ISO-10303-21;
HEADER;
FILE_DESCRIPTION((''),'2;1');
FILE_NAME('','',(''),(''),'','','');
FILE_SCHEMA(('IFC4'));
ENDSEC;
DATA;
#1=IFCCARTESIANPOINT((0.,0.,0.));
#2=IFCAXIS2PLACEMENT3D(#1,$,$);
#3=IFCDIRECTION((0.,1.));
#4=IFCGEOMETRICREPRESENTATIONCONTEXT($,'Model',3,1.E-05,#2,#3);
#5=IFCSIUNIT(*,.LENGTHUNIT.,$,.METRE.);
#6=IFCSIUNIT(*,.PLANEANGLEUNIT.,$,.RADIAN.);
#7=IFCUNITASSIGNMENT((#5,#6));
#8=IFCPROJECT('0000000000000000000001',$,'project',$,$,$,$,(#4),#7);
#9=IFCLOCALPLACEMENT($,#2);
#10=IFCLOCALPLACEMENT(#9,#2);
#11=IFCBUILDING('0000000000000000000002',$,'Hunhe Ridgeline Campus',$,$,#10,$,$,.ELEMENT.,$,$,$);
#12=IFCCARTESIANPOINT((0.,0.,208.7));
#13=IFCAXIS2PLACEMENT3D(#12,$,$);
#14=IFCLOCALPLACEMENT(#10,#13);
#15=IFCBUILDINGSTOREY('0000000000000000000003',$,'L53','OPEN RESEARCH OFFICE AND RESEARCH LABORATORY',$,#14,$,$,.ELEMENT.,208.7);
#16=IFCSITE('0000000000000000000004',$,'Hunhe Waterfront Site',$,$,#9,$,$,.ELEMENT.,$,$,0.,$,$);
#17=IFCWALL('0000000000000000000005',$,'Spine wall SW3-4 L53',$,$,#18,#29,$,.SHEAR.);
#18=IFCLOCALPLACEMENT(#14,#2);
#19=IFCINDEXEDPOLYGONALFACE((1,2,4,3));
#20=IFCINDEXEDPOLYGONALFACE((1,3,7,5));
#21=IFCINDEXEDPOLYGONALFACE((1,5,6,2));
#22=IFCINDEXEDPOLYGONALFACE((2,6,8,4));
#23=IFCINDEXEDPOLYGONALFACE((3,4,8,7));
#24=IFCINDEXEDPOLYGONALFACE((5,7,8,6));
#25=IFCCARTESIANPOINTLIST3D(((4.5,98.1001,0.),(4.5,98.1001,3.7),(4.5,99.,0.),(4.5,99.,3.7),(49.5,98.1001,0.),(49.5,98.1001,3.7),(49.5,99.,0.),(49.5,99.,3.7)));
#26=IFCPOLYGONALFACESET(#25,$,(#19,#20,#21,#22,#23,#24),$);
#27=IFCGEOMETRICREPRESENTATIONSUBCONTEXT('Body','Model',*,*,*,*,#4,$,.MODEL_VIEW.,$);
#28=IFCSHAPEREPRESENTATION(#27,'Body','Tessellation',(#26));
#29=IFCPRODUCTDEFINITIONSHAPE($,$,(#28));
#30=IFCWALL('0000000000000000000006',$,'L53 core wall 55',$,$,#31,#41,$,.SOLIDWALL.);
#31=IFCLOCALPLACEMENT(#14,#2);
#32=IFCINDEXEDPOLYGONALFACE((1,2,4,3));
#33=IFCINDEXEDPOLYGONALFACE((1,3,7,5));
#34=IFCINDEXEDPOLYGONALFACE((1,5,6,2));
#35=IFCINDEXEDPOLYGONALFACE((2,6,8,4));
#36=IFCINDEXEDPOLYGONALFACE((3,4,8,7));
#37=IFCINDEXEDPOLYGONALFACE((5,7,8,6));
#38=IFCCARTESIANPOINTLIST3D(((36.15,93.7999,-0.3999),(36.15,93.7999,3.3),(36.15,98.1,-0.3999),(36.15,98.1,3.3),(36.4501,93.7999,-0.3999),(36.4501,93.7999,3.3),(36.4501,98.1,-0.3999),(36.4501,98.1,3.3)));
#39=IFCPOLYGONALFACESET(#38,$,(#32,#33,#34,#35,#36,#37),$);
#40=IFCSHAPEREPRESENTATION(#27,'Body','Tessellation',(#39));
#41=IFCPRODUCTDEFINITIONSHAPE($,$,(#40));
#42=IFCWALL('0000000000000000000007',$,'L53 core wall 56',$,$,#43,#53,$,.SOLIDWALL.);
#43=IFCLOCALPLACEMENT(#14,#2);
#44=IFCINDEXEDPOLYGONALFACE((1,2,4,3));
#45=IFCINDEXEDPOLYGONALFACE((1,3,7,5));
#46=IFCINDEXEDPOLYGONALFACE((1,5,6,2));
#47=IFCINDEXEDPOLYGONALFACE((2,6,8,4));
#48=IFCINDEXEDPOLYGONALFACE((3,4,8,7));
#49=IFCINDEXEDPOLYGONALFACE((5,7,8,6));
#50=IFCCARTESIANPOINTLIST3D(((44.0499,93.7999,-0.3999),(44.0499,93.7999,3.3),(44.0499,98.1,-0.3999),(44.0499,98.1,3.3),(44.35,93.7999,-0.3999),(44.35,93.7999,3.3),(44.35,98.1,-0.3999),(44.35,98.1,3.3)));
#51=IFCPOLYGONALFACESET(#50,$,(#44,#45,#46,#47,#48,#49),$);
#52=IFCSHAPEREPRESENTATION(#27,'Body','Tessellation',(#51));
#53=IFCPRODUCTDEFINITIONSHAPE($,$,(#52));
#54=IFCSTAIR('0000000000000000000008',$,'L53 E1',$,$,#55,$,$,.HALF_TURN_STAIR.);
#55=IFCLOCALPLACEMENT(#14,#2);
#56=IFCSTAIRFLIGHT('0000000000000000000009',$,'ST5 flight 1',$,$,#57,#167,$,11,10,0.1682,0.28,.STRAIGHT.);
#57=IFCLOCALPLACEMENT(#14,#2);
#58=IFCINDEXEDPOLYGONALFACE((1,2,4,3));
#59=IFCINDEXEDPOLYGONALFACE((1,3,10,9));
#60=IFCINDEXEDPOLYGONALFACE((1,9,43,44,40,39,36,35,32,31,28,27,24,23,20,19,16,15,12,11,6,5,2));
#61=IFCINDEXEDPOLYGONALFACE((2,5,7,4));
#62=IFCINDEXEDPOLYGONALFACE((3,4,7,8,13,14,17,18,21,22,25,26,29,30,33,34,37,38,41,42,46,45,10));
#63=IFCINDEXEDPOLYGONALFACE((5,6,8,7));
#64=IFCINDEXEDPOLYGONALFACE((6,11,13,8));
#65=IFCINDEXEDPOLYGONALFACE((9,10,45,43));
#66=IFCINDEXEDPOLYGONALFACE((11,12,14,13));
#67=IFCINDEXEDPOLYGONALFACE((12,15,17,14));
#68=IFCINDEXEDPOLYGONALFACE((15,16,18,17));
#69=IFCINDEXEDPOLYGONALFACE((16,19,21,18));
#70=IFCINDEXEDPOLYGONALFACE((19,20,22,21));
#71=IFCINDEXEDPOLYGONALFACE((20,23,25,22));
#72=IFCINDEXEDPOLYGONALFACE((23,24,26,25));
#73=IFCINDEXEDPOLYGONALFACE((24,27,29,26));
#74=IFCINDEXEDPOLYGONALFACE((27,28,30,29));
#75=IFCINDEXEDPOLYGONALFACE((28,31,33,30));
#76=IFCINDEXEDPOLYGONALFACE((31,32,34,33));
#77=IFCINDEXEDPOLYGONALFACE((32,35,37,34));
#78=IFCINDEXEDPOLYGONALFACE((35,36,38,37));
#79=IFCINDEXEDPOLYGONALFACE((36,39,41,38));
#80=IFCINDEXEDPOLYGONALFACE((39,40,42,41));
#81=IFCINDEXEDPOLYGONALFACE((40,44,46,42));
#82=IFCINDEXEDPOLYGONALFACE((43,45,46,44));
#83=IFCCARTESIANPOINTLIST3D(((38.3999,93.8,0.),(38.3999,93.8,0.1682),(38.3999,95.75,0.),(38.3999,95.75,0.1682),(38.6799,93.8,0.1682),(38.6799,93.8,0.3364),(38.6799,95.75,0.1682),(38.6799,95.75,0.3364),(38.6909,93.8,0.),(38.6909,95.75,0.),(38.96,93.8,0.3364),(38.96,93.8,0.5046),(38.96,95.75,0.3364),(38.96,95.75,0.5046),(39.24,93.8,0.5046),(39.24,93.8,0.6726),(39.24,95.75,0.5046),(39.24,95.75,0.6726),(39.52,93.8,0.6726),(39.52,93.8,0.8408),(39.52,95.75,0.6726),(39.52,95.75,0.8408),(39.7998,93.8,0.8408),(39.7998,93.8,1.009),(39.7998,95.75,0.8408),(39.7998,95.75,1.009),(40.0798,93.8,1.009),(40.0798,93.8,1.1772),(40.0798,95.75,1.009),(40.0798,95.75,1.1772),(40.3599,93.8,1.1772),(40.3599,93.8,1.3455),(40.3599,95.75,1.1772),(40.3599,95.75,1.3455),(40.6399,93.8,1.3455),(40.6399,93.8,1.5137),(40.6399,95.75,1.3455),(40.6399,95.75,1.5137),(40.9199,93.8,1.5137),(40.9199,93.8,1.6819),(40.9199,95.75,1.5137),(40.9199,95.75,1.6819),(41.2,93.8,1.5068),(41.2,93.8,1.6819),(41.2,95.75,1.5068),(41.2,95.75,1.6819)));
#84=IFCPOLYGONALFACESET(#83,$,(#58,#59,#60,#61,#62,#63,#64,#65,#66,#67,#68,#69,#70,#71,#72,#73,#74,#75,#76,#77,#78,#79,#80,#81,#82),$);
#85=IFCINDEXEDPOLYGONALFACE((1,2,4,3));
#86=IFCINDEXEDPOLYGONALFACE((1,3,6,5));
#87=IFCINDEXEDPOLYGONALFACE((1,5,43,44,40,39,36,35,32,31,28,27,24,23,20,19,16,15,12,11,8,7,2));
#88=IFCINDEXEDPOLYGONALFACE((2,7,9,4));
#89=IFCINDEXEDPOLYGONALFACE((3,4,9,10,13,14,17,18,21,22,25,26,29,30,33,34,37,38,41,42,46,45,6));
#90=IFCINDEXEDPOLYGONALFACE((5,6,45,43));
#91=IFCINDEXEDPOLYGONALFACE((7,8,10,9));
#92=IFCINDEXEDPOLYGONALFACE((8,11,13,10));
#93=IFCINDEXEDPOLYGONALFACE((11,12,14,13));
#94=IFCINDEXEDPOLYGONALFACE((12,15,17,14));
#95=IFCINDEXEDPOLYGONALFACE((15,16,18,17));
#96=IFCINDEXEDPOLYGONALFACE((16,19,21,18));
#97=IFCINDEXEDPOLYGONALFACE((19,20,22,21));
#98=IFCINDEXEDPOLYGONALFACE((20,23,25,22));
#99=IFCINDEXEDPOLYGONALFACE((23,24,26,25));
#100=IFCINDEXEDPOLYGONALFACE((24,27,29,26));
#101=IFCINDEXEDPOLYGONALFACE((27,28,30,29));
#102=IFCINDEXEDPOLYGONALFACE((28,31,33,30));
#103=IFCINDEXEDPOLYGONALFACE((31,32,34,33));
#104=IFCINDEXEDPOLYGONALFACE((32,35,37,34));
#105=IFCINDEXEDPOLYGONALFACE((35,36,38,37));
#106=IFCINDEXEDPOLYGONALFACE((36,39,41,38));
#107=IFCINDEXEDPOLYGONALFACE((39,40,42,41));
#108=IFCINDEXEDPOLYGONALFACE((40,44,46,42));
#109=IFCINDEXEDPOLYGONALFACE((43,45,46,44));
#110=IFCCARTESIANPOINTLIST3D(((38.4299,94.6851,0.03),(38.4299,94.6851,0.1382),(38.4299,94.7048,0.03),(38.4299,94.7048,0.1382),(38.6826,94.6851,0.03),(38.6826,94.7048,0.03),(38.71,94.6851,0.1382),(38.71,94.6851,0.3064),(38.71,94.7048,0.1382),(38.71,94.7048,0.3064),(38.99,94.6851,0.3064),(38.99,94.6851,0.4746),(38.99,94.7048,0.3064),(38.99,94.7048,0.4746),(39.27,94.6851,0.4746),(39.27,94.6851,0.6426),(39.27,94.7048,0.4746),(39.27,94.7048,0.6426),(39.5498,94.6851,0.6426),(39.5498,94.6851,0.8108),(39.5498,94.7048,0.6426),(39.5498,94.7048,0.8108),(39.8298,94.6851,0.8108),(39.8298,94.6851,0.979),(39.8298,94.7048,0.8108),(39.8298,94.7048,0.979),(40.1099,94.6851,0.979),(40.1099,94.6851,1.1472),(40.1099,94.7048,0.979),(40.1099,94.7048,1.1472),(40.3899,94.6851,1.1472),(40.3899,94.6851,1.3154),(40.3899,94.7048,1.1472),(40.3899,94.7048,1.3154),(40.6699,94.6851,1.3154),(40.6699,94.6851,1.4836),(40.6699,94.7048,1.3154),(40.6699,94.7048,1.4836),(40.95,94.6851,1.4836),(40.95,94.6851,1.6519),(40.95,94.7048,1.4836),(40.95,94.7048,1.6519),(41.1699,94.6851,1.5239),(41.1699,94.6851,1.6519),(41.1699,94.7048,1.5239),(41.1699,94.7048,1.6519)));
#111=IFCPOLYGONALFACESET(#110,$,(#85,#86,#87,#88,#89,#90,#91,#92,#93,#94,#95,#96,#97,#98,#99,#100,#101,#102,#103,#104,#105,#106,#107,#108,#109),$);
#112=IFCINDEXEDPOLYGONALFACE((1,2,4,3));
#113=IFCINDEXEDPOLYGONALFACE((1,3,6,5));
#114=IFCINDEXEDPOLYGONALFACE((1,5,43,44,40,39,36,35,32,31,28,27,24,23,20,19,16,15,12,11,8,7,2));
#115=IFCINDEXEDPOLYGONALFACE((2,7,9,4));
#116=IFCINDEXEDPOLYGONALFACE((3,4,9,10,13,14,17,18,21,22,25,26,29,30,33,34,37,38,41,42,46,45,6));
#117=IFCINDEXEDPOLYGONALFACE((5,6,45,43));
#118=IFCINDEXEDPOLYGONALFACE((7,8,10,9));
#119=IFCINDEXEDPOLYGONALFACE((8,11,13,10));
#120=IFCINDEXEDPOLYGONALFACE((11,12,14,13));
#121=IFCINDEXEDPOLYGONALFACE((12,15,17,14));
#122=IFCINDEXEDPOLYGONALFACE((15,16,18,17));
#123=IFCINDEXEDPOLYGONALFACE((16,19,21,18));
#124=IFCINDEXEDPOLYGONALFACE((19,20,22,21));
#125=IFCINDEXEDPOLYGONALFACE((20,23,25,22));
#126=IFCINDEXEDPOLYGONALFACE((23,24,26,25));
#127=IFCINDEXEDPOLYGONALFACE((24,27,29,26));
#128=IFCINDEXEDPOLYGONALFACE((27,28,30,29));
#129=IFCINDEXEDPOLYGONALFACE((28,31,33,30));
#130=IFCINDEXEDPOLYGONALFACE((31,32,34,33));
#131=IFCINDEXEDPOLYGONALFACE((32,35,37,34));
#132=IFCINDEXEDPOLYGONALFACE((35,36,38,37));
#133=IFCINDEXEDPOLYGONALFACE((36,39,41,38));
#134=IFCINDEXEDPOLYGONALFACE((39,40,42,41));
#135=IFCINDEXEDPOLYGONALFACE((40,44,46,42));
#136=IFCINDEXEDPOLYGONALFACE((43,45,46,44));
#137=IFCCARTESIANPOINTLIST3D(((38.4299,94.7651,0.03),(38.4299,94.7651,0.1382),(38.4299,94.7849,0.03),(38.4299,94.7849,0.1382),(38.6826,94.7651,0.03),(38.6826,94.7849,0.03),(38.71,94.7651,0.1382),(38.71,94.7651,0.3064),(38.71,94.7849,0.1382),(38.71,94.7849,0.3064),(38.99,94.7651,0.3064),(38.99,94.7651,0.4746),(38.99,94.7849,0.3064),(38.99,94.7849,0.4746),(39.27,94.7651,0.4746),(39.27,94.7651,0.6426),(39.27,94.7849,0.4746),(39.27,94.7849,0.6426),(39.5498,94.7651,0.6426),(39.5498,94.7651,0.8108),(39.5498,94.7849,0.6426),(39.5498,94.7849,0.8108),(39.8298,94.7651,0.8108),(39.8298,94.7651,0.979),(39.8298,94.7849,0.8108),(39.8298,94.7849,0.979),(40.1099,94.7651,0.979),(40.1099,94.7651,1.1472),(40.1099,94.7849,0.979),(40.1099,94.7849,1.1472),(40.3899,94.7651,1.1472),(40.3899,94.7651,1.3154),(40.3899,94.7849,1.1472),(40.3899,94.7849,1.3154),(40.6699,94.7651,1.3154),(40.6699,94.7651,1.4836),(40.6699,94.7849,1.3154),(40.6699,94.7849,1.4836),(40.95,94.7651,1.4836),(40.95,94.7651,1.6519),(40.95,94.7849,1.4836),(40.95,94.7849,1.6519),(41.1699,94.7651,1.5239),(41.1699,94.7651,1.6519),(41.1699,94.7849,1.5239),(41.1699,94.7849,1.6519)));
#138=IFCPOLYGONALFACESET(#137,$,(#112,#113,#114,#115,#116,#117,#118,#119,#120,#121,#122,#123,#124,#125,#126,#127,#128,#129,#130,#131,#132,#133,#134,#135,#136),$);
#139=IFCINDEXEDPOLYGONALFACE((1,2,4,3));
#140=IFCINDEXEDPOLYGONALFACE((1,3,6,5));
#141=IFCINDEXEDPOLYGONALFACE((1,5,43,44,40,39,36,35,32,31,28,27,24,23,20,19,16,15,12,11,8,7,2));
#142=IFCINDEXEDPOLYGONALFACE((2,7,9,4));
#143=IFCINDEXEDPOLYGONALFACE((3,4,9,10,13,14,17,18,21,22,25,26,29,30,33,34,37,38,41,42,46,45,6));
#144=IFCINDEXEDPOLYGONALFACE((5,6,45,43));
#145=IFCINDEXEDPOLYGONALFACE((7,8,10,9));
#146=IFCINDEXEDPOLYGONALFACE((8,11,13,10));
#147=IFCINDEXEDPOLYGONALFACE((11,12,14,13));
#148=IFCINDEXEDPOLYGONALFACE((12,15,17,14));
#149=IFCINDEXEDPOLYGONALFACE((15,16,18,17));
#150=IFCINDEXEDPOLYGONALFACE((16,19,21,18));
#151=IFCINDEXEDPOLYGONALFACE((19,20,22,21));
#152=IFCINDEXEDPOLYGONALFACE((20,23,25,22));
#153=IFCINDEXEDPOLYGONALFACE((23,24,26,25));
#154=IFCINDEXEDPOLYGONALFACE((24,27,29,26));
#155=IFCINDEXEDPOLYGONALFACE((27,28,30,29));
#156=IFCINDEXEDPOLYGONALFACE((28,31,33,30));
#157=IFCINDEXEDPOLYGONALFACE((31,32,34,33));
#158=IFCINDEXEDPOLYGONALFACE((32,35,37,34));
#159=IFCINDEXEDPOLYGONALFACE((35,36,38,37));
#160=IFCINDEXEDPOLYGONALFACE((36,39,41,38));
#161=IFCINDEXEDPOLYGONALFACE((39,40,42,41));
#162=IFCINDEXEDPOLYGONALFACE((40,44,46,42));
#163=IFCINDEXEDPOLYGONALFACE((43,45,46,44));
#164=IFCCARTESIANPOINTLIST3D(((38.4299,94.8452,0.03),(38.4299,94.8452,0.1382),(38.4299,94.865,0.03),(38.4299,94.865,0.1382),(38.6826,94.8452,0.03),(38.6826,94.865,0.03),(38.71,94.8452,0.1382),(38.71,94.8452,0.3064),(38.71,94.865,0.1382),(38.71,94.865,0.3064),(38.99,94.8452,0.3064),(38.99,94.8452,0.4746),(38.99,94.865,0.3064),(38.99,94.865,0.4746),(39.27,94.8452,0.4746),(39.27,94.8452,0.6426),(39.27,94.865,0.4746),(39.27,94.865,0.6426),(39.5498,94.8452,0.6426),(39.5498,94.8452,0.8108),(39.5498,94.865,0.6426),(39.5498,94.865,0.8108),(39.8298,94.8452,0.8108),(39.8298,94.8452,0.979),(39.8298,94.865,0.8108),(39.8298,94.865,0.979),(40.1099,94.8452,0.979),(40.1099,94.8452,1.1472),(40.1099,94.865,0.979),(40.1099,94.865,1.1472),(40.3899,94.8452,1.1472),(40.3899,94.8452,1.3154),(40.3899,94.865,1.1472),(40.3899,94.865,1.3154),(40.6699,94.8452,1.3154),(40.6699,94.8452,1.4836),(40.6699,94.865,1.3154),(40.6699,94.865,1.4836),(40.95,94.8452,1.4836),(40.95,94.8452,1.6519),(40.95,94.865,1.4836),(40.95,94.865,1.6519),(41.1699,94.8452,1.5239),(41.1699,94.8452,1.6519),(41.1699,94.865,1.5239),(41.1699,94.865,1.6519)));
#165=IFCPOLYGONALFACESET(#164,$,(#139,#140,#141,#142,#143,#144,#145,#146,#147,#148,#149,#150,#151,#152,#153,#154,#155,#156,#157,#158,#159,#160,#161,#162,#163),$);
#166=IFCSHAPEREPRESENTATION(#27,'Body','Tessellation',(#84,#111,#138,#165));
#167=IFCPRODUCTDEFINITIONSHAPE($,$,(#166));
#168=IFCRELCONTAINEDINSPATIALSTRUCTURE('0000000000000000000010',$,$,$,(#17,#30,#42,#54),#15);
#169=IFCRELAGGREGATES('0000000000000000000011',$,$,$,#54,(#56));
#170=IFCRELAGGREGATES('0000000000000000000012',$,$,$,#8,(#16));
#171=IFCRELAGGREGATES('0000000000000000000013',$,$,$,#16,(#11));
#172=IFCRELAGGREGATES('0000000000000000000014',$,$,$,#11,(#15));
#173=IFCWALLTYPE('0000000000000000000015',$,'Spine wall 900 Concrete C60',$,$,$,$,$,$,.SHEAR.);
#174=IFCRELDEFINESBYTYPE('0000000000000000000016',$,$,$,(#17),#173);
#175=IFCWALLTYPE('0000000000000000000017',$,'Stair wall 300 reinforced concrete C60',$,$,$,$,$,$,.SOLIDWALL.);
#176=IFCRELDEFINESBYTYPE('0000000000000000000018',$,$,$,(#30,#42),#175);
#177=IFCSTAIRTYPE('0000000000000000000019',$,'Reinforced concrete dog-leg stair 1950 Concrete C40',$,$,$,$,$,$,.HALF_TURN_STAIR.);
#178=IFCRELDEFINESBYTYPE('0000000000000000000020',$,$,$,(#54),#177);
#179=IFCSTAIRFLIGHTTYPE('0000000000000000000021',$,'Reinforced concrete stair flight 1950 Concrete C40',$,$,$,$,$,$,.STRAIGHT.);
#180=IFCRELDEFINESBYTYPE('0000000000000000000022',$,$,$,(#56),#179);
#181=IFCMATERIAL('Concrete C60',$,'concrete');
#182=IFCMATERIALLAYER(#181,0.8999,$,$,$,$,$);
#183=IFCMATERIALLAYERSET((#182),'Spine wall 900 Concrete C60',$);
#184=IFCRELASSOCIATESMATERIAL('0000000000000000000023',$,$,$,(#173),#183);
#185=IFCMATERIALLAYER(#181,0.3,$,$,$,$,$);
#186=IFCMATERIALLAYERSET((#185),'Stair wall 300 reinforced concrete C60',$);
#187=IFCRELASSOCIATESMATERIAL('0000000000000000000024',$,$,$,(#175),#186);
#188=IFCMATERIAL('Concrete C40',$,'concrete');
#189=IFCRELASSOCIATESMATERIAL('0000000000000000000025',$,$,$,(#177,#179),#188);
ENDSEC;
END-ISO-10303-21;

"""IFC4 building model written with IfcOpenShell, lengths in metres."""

from ifc_helpers import new_model, si_unit, direction, frame, frame_2d, origin, place, context, subcontext, project, spatial, polyline, rectangle, outline, extrude, material, layer, layer_set, type_object, element, aggregate, save


model = new_model("IFC4")

# Units and contexts
model_context = context("Model", 3, precision=1e-05, world=origin(), true_north=direction((0.0, 1.0)))
body_context = subcontext(model_context, "Body", "Model", "MODEL_VIEW")
ifc_project = project(units=[si_unit("LENGTHUNIT", "METRE"), si_unit("PLANEANGLEUNIT", "RADIAN")], contexts=[model_context])

# Site, building, storey
site_placement = place(None, origin())
site = spatial("IfcSite", under=ifc_project, at=site_placement, Name="Hunhe Waterfront Site", CompositionType="ELEMENT", RefElevation=0.0)
building_placement = place(site_placement, origin())
building = spatial("IfcBuilding", under=site, at=building_placement, Name="Hunhe Ridgeline Campus", CompositionType="ELEMENT")
storey_placement = place(building_placement, frame((0.0, 0.0, 208.7)))
storey = spatial("IfcBuildingStorey", under=building, at=storey_placement, Name="L53", Description="OPEN RESEARCH OFFICE AND RESEARCH LABORATORY", CompositionType="ELEMENT", Elevation=208.7)

# Shared definitions
ifc_material_1 = material(Name="Concrete C60", Category="concrete")

# Walls
ifc_layer_1 = layer(ifc_material_1, 0.8999)
ifc_layer_set_1 = layer_set([ifc_layer_1], Name="Spine wall 900 Concrete C60")
wall_type_1 = type_object("IfcWallType", Name="Spine wall 900 Concrete C60", PredefinedType="SHEAR", material=ifc_layer_set_1)
wall_1_placement = place(storey_placement, frame((49.5, 98.55, 0.0), z_axis=(0.0, 0.0, 1.0), x_axis=(-1.0, 0.0, 0.0)))
element("IfcWall", 1, at=wall_1_placement, inside=storey, type_object=wall_type_1, Name="Spine wall SW3-4 L53", PredefinedType="SHEAR", context=body_context, shape_type="SweptSolid", body=[
    extrude(rectangle(XDim=45.0, YDim=0.8999, at=frame_2d((22.5, 0.0))), origin(), (0.0, 0.0, 1.0), 3.7),
])
ifc_layer_2 = layer(ifc_material_1, 0.3)
ifc_layer_set_2 = layer_set([ifc_layer_2], Name="Stair wall 300 reinforced concrete C60")
wall_type_2 = type_object("IfcWallType", Name="Stair wall 300 reinforced concrete C60", PredefinedType="SOLIDWALL", material=ifc_layer_set_2)
for number, where, z_axis, x_axis, name in (
    (2, (36.3, 93.8, -0.3999), (0.0, 0.0, 1.0), (0.0, 1.0, 0.0), "L53 core wall 55"),
    (3, (44.2, 93.8, -0.3999), (0.0, 0.0, 1.0), (0.0, 1.0, 0.0), "L53 core wall 56"),
):
    element("IfcWall", number, at=place(storey_placement, frame(where, z_axis=z_axis, x_axis=x_axis)), inside=storey, type_object=wall_type_2, Name=name, PredefinedType="SOLIDWALL", context=body_context, shape_type="SweptSolid", body=[
        extrude(rectangle(XDim=4.3, YDim=0.3, at=frame_2d((2.1499, 0.0))), origin(), (0.0, 0.0, 1.0), 3.7),
    ])

# Stair, stair flight
ifc_material_2 = material(Name="Concrete C40", Category="concrete")
stair_type = type_object("IfcStairType", Name="Reinforced concrete dog-leg stair 1950 Concrete C40", PredefinedType="HALF_TURN_STAIR", material=ifc_material_2)
stair_placement = place(storey_placement, origin())
stair = element("IfcStair", 4, at=stair_placement, inside=storey, type_object=stair_type, Name="L53 E1", PredefinedType="HALF_TURN_STAIR")
stair_flight_type = type_object("IfcStairFlightType", Name="Reinforced concrete stair flight 1950 Concrete C40", PredefinedType="STRAIGHT", material=ifc_material_2)
stair_flight_1_placement = place(storey_placement, frame((38.3999, 94.7749, 0.0), z_axis=(0.0, 0.0, 1.0), x_axis=(1.0, 0.0, 0.0)))
stair_flight_1 = element("IfcStairFlight", 5, at=stair_flight_1_placement, type_object=stair_flight_type, Name="ST5 flight 1", NumberOfRisers=11, NumberOfTreads=10, PredefinedType="STRAIGHT", RiserHeight=0.1682, TreadLength=0.28, context=body_context, shape_type="SweptSolid", body=[
    extrude(outline(polyline([(0.0, 0.0), (0.0, 0.1682), (0.28, 0.1682), (0.28, 0.3364), (0.5601, 0.3364), (0.5601, 0.5046), (0.8401, 0.5046), (0.8401, 0.6726), (1.1201, 0.6726), (1.1201, 0.8408), (1.3999, 0.8408), (1.3999, 1.009), (1.6799, 1.009), (1.6799, 1.1772), (1.96, 1.1772), (1.96, 1.3455), (2.24, 1.3455), (2.24, 1.5137), (2.52, 1.5137), (2.52, 1.6819), (2.8, 1.6819), (2.8, 1.8501), (2.8, 1.5068), (0.291, 0.0), (0.0, 0.0)])), frame((0.0, 0.9751, 0.0), z_axis=(0.0, -1.0, 0.0), x_axis=(1.0, 0.0, 0.0)), (0.0, 0.0, 1.0), 1.95),
    extrude(outline(polyline([(0.03, 0.03), (0.03, 0.1382), (0.3101, 0.1382), (0.3101, 0.3064), (0.5901, 0.3064), (0.5901, 0.4746), (0.8701, 0.4746), (0.8701, 0.6426), (1.1499, 0.6426), (1.1499, 0.8108), (1.4299, 0.8108), (1.4299, 0.979), (1.71, 0.979), (1.71, 1.1472), (1.99, 1.1472), (1.99, 1.3154), (2.27, 1.3154), (2.27, 1.4836), (2.55, 1.4836), (2.55, 1.6519), (2.77, 1.6519), (2.77, 1.5239), (0.2827, 0.03), (0.03, 0.03)])), frame((0.0, -0.0701, 0.0), z_axis=(0.0, -1.0, 0.0), x_axis=(1.0, 0.0, 0.0)), (0.0, 0.0, 1.0), 0.0198),
    extrude(outline(polyline([(0.03, 0.03), (0.03, 0.1382), (0.3101, 0.1382), (0.3101, 0.3064), (0.5901, 0.3064), (0.5901, 0.4746), (0.8701, 0.4746), (0.8701, 0.6426), (1.1499, 0.6426), (1.1499, 0.8108), (1.4299, 0.8108), (1.4299, 0.979), (1.71, 0.979), (1.71, 1.1472), (1.99, 1.1472), (1.99, 1.3154), (2.27, 1.3154), (2.27, 1.4836), (2.55, 1.4836), (2.55, 1.6519), (2.77, 1.6519), (2.77, 1.5239), (0.2827, 0.03), (0.03, 0.03)])), frame((0.0, 0.01, 0.0), z_axis=(0.0, -1.0, 0.0), x_axis=(1.0, 0.0, 0.0)), (0.0, 0.0, 1.0), 0.0198),
    extrude(outline(polyline([(0.03, 0.03), (0.03, 0.1382), (0.3101, 0.1382), (0.3101, 0.3064), (0.5901, 0.3064), (0.5901, 0.4746), (0.8701, 0.4746), (0.8701, 0.6426), (1.1499, 0.6426), (1.1499, 0.8108), (1.4299, 0.8108), (1.4299, 0.979), (1.71, 0.979), (1.71, 1.1472), (1.99, 1.1472), (1.99, 1.3154), (2.27, 1.3154), (2.27, 1.4836), (2.55, 1.4836), (2.55, 1.6519), (2.77, 1.6519), (2.77, 1.5239), (0.2827, 0.03), (0.03, 0.03)])), frame((0.0, 0.0901, 0.0), z_axis=(0.0, -1.0, 0.0), x_axis=(1.0, 0.0, 0.0)), (0.0, 0.0, 1.0), 0.0198),
])
aggregate(stair, [stair_flight_1])

save(model, "model.ifc")
